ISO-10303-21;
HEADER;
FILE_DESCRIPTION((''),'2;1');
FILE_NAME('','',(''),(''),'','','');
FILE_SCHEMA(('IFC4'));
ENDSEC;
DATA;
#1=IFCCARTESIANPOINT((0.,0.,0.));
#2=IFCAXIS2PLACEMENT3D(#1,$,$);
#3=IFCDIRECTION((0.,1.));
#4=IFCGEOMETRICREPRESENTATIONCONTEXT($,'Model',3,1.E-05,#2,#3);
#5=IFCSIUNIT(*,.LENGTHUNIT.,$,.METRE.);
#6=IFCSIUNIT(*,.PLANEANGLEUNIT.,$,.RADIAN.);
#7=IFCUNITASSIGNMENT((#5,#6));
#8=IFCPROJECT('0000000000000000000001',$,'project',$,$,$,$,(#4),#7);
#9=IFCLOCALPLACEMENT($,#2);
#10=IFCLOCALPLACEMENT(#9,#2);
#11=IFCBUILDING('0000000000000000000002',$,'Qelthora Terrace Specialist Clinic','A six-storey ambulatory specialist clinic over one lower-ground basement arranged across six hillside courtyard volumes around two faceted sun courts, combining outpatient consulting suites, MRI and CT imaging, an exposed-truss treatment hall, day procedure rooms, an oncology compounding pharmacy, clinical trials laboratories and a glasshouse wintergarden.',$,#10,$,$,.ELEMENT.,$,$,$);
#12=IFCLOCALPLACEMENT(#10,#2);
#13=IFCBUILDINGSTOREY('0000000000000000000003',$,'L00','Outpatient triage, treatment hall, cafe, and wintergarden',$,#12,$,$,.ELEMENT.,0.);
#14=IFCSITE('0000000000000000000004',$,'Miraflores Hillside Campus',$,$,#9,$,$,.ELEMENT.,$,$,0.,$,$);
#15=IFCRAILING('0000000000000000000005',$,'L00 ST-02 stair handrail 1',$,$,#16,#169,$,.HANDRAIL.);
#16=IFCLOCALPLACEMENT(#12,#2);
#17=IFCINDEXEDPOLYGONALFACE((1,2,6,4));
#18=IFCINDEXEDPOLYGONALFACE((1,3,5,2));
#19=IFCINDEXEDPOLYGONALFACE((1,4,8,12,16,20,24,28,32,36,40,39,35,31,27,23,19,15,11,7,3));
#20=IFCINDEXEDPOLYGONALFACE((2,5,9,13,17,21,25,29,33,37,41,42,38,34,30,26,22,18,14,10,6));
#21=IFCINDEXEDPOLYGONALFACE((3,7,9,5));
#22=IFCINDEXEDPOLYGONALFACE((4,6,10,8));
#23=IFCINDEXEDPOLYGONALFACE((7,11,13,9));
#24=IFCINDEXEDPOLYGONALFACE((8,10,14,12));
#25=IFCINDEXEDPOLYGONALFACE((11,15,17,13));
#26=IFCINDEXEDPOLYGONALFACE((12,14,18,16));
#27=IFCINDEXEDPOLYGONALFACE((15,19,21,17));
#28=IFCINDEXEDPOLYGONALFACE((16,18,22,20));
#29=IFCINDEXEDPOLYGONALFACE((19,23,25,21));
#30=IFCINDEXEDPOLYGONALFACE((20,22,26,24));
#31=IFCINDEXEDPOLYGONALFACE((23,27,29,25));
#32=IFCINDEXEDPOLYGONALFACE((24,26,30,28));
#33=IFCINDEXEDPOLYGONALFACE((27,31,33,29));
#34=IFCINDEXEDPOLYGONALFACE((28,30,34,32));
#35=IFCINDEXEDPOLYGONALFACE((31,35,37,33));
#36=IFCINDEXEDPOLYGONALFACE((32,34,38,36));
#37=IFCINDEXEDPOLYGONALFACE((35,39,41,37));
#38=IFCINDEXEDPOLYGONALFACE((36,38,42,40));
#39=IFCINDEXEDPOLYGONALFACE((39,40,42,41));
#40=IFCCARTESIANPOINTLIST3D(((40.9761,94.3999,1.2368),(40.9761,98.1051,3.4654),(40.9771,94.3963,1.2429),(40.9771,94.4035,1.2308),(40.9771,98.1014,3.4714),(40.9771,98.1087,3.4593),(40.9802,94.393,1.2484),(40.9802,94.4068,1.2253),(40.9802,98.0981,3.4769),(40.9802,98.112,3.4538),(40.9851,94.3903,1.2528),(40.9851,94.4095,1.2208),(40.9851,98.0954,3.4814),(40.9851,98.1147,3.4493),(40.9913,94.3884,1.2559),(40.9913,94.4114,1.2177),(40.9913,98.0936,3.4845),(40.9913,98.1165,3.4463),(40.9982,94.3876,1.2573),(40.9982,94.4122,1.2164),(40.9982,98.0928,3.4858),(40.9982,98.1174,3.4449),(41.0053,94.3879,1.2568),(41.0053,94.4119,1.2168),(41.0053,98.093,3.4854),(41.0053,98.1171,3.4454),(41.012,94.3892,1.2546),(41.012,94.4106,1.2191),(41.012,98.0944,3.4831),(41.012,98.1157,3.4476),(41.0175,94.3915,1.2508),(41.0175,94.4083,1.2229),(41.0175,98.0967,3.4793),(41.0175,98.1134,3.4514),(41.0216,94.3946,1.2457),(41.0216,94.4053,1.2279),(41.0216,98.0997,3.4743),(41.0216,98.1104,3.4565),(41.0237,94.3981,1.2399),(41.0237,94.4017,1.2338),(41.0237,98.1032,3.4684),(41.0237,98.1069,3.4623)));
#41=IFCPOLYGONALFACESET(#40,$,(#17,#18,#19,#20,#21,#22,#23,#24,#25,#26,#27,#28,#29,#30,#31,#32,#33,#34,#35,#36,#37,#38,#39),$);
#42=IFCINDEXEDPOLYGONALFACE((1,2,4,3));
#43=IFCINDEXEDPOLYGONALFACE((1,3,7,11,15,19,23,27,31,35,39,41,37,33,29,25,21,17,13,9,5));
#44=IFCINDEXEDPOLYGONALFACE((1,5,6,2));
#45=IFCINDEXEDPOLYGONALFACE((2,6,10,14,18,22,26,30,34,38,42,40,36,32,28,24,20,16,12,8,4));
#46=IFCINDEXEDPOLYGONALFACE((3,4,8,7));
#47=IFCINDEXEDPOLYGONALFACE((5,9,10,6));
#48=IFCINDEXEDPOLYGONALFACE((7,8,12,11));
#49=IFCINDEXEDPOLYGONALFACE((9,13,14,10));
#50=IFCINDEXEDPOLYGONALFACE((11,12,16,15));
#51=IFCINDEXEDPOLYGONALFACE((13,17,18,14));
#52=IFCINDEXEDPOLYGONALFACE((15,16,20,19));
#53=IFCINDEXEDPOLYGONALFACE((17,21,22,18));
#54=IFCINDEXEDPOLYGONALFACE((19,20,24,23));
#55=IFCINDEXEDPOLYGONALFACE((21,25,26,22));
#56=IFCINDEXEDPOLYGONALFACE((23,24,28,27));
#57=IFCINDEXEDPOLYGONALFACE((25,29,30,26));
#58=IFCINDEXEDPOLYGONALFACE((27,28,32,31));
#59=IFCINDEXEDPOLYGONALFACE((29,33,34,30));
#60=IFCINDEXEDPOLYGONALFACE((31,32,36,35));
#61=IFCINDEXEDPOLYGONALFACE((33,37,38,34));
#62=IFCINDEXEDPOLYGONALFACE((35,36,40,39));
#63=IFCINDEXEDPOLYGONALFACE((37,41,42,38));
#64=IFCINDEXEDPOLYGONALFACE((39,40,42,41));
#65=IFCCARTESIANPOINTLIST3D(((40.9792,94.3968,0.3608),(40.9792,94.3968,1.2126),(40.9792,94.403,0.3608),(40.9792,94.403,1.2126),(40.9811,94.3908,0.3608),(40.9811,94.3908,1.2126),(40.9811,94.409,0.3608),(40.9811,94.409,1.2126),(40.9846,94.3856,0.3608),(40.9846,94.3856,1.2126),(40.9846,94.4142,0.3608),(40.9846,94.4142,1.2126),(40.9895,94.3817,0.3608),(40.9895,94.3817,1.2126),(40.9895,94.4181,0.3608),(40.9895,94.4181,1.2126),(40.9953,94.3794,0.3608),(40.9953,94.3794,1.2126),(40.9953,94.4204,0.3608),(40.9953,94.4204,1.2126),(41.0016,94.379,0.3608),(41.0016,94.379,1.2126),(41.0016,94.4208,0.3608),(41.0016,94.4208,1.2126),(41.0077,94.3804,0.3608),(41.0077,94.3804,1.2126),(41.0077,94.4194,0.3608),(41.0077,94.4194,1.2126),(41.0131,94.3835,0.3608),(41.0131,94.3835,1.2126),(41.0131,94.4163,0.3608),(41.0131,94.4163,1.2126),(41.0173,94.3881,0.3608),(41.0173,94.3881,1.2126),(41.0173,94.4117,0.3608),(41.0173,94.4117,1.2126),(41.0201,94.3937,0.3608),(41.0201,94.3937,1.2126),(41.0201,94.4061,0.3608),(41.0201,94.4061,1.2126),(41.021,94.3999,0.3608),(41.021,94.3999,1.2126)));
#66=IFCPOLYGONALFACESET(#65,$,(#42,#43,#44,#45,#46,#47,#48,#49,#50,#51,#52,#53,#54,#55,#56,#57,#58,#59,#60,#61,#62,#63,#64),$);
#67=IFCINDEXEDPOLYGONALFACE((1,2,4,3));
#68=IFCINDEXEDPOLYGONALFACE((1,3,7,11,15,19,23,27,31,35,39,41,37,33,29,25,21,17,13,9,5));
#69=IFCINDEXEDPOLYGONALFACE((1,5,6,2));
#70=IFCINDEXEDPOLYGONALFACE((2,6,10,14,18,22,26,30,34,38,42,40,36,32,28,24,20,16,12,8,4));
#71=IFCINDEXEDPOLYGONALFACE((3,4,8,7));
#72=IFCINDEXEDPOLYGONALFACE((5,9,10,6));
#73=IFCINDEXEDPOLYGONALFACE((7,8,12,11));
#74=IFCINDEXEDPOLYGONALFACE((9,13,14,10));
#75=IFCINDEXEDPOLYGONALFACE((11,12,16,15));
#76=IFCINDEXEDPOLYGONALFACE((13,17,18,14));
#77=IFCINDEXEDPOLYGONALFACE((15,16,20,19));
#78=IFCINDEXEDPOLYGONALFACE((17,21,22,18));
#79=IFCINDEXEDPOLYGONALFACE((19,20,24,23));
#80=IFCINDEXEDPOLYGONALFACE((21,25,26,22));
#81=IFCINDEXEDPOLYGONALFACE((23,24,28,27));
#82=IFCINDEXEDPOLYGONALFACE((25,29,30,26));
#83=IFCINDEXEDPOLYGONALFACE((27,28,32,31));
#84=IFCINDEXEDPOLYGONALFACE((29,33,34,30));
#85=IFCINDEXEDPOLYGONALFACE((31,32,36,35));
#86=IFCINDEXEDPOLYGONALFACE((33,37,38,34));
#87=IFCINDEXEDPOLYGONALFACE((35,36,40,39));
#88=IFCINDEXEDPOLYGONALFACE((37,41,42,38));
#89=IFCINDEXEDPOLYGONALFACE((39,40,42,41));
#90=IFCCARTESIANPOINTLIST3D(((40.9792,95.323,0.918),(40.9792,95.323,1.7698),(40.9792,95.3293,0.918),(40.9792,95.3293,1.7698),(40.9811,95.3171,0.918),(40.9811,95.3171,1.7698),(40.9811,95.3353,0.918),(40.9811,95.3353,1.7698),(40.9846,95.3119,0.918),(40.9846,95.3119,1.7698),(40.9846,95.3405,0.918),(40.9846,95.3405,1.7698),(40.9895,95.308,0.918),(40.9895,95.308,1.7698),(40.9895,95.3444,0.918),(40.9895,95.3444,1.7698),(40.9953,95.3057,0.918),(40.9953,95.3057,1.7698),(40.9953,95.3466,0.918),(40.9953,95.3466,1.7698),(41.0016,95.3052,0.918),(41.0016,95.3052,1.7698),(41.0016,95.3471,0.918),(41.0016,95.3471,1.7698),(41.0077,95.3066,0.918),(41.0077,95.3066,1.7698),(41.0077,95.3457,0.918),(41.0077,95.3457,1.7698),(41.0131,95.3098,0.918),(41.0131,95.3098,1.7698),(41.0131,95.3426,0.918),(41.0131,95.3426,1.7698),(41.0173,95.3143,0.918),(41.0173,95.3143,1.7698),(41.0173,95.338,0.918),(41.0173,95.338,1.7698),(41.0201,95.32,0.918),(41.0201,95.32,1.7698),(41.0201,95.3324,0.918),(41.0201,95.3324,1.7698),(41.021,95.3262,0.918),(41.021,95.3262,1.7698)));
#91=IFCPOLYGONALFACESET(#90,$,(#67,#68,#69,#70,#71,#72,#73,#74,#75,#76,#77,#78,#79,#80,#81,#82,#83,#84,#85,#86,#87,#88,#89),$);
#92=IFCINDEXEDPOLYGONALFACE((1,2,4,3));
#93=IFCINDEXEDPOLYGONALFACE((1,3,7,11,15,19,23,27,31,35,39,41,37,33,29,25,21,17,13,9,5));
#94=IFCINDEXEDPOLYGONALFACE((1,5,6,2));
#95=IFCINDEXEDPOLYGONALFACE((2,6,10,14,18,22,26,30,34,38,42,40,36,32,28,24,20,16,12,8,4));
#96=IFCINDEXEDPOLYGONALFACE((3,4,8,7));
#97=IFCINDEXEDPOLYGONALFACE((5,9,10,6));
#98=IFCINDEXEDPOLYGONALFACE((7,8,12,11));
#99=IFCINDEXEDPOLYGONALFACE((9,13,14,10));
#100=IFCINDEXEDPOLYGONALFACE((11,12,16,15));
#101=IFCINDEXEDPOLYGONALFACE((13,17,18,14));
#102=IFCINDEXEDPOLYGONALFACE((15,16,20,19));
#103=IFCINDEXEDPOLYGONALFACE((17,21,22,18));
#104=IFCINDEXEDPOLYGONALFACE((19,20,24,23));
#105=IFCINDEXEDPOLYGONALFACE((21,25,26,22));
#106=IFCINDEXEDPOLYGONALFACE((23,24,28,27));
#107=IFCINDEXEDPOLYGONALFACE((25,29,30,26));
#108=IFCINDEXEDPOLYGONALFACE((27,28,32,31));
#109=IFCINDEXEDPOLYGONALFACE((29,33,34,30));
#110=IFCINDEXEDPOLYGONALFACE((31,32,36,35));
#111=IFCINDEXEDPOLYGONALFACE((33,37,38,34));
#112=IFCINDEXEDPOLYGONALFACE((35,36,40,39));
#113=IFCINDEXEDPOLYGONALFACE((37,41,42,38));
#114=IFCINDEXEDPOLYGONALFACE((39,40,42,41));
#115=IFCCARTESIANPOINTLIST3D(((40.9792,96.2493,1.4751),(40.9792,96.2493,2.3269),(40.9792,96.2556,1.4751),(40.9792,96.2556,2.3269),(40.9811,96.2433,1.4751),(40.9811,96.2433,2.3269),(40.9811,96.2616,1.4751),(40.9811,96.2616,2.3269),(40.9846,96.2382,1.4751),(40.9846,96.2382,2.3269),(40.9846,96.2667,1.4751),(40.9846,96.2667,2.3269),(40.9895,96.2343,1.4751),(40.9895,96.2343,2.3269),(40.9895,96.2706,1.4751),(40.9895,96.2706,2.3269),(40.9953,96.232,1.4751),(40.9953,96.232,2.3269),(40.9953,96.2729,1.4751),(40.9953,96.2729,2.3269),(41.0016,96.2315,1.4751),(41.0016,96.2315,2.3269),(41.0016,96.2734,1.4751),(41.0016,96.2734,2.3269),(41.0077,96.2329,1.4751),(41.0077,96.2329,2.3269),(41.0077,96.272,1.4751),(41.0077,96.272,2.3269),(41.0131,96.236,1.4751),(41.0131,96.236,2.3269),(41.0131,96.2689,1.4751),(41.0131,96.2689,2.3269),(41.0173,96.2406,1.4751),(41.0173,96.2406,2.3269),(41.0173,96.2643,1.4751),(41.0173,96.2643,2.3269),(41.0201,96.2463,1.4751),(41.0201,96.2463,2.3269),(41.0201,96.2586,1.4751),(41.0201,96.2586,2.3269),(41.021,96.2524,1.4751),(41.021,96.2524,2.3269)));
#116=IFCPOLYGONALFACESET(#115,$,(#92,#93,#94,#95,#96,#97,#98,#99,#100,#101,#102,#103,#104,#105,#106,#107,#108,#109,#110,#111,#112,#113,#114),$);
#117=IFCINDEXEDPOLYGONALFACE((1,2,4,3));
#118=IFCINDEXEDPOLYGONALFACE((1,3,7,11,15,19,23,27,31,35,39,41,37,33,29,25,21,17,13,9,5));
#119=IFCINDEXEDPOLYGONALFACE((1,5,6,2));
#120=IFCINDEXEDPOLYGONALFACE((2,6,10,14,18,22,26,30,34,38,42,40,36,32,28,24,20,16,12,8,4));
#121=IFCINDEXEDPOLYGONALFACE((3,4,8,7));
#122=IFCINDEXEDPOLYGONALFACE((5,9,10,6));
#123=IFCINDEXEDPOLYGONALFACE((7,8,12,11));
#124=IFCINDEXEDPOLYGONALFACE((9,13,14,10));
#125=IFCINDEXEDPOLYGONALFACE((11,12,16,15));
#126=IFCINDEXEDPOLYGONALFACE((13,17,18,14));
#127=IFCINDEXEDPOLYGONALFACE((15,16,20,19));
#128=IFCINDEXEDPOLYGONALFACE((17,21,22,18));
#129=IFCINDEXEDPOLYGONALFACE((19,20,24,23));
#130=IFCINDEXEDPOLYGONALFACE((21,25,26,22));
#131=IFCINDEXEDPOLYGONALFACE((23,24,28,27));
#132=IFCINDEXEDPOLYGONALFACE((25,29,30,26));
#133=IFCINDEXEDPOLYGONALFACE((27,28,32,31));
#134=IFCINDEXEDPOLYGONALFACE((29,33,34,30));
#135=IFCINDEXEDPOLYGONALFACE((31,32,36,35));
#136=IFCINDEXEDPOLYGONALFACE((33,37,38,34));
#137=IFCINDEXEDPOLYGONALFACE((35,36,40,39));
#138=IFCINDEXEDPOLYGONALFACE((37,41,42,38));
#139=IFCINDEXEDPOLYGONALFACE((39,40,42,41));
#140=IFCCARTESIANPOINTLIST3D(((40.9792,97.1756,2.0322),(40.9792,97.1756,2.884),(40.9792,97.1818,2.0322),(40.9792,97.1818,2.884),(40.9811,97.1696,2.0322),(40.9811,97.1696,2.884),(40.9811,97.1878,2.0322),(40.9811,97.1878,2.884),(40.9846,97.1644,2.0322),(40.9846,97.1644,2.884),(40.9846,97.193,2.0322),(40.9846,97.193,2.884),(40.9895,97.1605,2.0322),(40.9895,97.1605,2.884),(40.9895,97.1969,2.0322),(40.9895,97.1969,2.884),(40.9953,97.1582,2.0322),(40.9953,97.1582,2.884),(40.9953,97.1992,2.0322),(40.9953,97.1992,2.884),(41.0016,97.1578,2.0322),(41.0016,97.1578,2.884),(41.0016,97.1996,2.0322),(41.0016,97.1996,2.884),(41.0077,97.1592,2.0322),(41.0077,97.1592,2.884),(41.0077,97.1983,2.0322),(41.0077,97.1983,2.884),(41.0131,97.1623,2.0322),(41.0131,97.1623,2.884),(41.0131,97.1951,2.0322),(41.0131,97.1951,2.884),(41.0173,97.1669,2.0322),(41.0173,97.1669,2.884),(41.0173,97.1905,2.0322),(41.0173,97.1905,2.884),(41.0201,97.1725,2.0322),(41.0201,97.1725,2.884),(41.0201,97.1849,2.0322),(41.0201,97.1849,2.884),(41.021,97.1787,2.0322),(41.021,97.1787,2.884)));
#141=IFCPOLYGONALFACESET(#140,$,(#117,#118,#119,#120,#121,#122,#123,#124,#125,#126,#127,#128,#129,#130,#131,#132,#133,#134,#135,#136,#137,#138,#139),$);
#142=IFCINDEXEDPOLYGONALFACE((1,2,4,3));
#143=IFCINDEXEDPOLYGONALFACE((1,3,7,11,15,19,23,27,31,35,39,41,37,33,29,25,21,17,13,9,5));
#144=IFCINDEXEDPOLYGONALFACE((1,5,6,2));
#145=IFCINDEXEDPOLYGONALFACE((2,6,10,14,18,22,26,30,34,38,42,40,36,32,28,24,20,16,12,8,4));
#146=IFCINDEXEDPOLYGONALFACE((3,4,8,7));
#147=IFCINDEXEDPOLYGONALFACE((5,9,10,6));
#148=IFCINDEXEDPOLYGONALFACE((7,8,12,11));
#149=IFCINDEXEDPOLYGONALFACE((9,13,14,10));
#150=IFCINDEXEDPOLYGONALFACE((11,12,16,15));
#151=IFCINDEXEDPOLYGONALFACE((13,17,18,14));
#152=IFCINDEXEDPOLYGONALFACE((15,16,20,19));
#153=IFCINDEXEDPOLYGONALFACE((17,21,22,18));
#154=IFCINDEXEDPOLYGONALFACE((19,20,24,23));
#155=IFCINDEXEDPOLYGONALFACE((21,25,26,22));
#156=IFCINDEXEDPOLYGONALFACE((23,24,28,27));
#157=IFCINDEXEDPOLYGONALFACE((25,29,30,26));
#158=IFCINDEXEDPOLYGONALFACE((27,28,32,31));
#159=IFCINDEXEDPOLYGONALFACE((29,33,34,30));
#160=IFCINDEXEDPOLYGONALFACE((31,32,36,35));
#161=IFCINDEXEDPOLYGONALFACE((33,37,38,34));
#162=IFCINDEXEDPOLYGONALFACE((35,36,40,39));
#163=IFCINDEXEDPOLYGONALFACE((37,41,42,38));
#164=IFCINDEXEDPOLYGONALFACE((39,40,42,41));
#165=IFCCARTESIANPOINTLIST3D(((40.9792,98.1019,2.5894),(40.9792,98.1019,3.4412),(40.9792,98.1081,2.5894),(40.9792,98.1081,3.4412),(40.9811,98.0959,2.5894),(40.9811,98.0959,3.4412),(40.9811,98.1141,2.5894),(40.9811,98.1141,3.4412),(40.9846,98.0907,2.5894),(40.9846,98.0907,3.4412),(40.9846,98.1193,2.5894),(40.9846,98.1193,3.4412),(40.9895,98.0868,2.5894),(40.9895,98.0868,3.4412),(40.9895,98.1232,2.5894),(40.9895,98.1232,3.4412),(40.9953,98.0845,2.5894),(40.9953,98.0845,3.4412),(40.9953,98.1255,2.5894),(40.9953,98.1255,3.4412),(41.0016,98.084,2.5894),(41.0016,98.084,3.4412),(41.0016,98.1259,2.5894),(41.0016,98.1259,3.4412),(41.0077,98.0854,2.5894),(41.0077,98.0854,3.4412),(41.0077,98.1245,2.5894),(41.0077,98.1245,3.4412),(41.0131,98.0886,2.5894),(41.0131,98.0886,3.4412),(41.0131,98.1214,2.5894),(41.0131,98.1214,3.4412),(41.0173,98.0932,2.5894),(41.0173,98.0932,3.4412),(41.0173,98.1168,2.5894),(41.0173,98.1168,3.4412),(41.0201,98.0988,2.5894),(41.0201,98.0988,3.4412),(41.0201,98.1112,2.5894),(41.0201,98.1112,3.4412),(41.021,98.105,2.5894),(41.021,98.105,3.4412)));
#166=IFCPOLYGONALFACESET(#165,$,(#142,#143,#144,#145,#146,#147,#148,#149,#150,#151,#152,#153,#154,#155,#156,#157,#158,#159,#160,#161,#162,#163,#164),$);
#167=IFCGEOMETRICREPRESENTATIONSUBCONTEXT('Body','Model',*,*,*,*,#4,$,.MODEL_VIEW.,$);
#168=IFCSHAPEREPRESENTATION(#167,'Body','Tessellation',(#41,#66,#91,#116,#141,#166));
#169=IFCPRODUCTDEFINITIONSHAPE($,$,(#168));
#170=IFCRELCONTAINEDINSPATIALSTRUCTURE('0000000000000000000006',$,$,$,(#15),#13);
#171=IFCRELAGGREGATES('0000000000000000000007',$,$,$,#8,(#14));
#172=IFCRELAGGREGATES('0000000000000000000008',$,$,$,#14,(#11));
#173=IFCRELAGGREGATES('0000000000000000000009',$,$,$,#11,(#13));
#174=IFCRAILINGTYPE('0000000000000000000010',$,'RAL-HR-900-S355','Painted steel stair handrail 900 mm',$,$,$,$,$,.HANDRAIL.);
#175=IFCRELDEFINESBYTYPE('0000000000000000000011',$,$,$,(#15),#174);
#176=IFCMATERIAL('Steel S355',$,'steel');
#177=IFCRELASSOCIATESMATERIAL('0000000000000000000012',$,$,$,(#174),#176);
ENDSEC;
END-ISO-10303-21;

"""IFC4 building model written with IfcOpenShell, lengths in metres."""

from ifc_helpers import new_model, si_unit, direction, frame, origin, origin_2d, place, context, subcontext, project, spatial, circle, extrude, material, type_object, element, save


model = new_model("IFC4")

# Units and contexts
model_context = context("Model", 3, precision=1e-05, world=origin(), true_north=direction((0.0, 1.0)))
body_context = subcontext(model_context, "Body", "Model", "MODEL_VIEW")
ifc_project = project(units=[si_unit("LENGTHUNIT", "METRE"), si_unit("PLANEANGLEUNIT", "RADIAN")], contexts=[model_context])

# Site, building, storey
site_placement = place(None, origin())
site = spatial("IfcSite", under=ifc_project, at=site_placement, Name="Miraflores Hillside Campus", CompositionType="ELEMENT", RefElevation=0.0)
building_placement = place(site_placement, origin())
building = spatial("IfcBuilding", under=site, at=building_placement, Name="Qelthora Terrace Specialist Clinic", Description="A six-storey ambulatory specialist clinic over one lower-ground basement arranged across six hillside courtyard volumes around two faceted sun courts, combining outpatient consulting suites, MRI and CT imaging, an exposed-truss treatment hall, day procedure rooms, an oncology compounding pharmacy, clinical trials laboratories and a glasshouse wintergarden.", CompositionType="ELEMENT")
storey_placement = place(building_placement, origin())
storey = spatial("IfcBuildingStorey", under=building, at=storey_placement, Name="L00", Description="Outpatient triage, treatment hall, cafe, and wintergarden", CompositionType="ELEMENT", Elevation=0.0)

# Shared definitions
ifc_material_1 = material(Name="Steel S355", Category="steel")

# Railing
railing_type_1 = type_object("IfcRailingType", Name="RAL-HR-900-S355", Description="Painted steel stair handrail 900 mm", PredefinedType="HANDRAIL", material=ifc_material_1)
railing_1_placement = place(storey_placement, frame((41.0, 94.3999, 0.3608)))
element("IfcRailing", 1, at=railing_1_placement, inside=storey, type_object=railing_type_1, Name="L00 ST-02 stair handrail 1", PredefinedType="HANDRAIL", context=body_context, shape_type="SweptSolid", body=[
    extrude(circle(Radius=0.0239, at=origin_2d()), frame((0.0, 0.0, 0.876), z_axis=(0.0, 0.856934, 0.515425), x_axis=(-1.0, 0.0, 0.0)), (0.0, 0.0, 1.0), 4.3237),
    extrude(circle(Radius=0.021, at=origin_2d()), origin(), (0.0, 0.0, 1.0), 0.8518),
    extrude(circle(Radius=0.021, at=origin_2d()), frame((0.0, 0.9263, 0.5571)), (0.0, 0.0, 1.0), 0.8518),
    extrude(circle(Radius=0.021, at=origin_2d()), frame((0.0, 1.8525, 1.1143)), (0.0, 0.0, 1.0), 0.8518),
    extrude(circle(Radius=0.021, at=origin_2d()), frame((0.0, 2.7788, 1.6714)), (0.0, 0.0, 1.0), 0.8518),
    extrude(circle(Radius=0.021, at=origin_2d()), frame((0.0, 3.7051, 2.2285)), (0.0, 0.0, 1.0), 0.8518),
])

save(model, "model.ifc")
